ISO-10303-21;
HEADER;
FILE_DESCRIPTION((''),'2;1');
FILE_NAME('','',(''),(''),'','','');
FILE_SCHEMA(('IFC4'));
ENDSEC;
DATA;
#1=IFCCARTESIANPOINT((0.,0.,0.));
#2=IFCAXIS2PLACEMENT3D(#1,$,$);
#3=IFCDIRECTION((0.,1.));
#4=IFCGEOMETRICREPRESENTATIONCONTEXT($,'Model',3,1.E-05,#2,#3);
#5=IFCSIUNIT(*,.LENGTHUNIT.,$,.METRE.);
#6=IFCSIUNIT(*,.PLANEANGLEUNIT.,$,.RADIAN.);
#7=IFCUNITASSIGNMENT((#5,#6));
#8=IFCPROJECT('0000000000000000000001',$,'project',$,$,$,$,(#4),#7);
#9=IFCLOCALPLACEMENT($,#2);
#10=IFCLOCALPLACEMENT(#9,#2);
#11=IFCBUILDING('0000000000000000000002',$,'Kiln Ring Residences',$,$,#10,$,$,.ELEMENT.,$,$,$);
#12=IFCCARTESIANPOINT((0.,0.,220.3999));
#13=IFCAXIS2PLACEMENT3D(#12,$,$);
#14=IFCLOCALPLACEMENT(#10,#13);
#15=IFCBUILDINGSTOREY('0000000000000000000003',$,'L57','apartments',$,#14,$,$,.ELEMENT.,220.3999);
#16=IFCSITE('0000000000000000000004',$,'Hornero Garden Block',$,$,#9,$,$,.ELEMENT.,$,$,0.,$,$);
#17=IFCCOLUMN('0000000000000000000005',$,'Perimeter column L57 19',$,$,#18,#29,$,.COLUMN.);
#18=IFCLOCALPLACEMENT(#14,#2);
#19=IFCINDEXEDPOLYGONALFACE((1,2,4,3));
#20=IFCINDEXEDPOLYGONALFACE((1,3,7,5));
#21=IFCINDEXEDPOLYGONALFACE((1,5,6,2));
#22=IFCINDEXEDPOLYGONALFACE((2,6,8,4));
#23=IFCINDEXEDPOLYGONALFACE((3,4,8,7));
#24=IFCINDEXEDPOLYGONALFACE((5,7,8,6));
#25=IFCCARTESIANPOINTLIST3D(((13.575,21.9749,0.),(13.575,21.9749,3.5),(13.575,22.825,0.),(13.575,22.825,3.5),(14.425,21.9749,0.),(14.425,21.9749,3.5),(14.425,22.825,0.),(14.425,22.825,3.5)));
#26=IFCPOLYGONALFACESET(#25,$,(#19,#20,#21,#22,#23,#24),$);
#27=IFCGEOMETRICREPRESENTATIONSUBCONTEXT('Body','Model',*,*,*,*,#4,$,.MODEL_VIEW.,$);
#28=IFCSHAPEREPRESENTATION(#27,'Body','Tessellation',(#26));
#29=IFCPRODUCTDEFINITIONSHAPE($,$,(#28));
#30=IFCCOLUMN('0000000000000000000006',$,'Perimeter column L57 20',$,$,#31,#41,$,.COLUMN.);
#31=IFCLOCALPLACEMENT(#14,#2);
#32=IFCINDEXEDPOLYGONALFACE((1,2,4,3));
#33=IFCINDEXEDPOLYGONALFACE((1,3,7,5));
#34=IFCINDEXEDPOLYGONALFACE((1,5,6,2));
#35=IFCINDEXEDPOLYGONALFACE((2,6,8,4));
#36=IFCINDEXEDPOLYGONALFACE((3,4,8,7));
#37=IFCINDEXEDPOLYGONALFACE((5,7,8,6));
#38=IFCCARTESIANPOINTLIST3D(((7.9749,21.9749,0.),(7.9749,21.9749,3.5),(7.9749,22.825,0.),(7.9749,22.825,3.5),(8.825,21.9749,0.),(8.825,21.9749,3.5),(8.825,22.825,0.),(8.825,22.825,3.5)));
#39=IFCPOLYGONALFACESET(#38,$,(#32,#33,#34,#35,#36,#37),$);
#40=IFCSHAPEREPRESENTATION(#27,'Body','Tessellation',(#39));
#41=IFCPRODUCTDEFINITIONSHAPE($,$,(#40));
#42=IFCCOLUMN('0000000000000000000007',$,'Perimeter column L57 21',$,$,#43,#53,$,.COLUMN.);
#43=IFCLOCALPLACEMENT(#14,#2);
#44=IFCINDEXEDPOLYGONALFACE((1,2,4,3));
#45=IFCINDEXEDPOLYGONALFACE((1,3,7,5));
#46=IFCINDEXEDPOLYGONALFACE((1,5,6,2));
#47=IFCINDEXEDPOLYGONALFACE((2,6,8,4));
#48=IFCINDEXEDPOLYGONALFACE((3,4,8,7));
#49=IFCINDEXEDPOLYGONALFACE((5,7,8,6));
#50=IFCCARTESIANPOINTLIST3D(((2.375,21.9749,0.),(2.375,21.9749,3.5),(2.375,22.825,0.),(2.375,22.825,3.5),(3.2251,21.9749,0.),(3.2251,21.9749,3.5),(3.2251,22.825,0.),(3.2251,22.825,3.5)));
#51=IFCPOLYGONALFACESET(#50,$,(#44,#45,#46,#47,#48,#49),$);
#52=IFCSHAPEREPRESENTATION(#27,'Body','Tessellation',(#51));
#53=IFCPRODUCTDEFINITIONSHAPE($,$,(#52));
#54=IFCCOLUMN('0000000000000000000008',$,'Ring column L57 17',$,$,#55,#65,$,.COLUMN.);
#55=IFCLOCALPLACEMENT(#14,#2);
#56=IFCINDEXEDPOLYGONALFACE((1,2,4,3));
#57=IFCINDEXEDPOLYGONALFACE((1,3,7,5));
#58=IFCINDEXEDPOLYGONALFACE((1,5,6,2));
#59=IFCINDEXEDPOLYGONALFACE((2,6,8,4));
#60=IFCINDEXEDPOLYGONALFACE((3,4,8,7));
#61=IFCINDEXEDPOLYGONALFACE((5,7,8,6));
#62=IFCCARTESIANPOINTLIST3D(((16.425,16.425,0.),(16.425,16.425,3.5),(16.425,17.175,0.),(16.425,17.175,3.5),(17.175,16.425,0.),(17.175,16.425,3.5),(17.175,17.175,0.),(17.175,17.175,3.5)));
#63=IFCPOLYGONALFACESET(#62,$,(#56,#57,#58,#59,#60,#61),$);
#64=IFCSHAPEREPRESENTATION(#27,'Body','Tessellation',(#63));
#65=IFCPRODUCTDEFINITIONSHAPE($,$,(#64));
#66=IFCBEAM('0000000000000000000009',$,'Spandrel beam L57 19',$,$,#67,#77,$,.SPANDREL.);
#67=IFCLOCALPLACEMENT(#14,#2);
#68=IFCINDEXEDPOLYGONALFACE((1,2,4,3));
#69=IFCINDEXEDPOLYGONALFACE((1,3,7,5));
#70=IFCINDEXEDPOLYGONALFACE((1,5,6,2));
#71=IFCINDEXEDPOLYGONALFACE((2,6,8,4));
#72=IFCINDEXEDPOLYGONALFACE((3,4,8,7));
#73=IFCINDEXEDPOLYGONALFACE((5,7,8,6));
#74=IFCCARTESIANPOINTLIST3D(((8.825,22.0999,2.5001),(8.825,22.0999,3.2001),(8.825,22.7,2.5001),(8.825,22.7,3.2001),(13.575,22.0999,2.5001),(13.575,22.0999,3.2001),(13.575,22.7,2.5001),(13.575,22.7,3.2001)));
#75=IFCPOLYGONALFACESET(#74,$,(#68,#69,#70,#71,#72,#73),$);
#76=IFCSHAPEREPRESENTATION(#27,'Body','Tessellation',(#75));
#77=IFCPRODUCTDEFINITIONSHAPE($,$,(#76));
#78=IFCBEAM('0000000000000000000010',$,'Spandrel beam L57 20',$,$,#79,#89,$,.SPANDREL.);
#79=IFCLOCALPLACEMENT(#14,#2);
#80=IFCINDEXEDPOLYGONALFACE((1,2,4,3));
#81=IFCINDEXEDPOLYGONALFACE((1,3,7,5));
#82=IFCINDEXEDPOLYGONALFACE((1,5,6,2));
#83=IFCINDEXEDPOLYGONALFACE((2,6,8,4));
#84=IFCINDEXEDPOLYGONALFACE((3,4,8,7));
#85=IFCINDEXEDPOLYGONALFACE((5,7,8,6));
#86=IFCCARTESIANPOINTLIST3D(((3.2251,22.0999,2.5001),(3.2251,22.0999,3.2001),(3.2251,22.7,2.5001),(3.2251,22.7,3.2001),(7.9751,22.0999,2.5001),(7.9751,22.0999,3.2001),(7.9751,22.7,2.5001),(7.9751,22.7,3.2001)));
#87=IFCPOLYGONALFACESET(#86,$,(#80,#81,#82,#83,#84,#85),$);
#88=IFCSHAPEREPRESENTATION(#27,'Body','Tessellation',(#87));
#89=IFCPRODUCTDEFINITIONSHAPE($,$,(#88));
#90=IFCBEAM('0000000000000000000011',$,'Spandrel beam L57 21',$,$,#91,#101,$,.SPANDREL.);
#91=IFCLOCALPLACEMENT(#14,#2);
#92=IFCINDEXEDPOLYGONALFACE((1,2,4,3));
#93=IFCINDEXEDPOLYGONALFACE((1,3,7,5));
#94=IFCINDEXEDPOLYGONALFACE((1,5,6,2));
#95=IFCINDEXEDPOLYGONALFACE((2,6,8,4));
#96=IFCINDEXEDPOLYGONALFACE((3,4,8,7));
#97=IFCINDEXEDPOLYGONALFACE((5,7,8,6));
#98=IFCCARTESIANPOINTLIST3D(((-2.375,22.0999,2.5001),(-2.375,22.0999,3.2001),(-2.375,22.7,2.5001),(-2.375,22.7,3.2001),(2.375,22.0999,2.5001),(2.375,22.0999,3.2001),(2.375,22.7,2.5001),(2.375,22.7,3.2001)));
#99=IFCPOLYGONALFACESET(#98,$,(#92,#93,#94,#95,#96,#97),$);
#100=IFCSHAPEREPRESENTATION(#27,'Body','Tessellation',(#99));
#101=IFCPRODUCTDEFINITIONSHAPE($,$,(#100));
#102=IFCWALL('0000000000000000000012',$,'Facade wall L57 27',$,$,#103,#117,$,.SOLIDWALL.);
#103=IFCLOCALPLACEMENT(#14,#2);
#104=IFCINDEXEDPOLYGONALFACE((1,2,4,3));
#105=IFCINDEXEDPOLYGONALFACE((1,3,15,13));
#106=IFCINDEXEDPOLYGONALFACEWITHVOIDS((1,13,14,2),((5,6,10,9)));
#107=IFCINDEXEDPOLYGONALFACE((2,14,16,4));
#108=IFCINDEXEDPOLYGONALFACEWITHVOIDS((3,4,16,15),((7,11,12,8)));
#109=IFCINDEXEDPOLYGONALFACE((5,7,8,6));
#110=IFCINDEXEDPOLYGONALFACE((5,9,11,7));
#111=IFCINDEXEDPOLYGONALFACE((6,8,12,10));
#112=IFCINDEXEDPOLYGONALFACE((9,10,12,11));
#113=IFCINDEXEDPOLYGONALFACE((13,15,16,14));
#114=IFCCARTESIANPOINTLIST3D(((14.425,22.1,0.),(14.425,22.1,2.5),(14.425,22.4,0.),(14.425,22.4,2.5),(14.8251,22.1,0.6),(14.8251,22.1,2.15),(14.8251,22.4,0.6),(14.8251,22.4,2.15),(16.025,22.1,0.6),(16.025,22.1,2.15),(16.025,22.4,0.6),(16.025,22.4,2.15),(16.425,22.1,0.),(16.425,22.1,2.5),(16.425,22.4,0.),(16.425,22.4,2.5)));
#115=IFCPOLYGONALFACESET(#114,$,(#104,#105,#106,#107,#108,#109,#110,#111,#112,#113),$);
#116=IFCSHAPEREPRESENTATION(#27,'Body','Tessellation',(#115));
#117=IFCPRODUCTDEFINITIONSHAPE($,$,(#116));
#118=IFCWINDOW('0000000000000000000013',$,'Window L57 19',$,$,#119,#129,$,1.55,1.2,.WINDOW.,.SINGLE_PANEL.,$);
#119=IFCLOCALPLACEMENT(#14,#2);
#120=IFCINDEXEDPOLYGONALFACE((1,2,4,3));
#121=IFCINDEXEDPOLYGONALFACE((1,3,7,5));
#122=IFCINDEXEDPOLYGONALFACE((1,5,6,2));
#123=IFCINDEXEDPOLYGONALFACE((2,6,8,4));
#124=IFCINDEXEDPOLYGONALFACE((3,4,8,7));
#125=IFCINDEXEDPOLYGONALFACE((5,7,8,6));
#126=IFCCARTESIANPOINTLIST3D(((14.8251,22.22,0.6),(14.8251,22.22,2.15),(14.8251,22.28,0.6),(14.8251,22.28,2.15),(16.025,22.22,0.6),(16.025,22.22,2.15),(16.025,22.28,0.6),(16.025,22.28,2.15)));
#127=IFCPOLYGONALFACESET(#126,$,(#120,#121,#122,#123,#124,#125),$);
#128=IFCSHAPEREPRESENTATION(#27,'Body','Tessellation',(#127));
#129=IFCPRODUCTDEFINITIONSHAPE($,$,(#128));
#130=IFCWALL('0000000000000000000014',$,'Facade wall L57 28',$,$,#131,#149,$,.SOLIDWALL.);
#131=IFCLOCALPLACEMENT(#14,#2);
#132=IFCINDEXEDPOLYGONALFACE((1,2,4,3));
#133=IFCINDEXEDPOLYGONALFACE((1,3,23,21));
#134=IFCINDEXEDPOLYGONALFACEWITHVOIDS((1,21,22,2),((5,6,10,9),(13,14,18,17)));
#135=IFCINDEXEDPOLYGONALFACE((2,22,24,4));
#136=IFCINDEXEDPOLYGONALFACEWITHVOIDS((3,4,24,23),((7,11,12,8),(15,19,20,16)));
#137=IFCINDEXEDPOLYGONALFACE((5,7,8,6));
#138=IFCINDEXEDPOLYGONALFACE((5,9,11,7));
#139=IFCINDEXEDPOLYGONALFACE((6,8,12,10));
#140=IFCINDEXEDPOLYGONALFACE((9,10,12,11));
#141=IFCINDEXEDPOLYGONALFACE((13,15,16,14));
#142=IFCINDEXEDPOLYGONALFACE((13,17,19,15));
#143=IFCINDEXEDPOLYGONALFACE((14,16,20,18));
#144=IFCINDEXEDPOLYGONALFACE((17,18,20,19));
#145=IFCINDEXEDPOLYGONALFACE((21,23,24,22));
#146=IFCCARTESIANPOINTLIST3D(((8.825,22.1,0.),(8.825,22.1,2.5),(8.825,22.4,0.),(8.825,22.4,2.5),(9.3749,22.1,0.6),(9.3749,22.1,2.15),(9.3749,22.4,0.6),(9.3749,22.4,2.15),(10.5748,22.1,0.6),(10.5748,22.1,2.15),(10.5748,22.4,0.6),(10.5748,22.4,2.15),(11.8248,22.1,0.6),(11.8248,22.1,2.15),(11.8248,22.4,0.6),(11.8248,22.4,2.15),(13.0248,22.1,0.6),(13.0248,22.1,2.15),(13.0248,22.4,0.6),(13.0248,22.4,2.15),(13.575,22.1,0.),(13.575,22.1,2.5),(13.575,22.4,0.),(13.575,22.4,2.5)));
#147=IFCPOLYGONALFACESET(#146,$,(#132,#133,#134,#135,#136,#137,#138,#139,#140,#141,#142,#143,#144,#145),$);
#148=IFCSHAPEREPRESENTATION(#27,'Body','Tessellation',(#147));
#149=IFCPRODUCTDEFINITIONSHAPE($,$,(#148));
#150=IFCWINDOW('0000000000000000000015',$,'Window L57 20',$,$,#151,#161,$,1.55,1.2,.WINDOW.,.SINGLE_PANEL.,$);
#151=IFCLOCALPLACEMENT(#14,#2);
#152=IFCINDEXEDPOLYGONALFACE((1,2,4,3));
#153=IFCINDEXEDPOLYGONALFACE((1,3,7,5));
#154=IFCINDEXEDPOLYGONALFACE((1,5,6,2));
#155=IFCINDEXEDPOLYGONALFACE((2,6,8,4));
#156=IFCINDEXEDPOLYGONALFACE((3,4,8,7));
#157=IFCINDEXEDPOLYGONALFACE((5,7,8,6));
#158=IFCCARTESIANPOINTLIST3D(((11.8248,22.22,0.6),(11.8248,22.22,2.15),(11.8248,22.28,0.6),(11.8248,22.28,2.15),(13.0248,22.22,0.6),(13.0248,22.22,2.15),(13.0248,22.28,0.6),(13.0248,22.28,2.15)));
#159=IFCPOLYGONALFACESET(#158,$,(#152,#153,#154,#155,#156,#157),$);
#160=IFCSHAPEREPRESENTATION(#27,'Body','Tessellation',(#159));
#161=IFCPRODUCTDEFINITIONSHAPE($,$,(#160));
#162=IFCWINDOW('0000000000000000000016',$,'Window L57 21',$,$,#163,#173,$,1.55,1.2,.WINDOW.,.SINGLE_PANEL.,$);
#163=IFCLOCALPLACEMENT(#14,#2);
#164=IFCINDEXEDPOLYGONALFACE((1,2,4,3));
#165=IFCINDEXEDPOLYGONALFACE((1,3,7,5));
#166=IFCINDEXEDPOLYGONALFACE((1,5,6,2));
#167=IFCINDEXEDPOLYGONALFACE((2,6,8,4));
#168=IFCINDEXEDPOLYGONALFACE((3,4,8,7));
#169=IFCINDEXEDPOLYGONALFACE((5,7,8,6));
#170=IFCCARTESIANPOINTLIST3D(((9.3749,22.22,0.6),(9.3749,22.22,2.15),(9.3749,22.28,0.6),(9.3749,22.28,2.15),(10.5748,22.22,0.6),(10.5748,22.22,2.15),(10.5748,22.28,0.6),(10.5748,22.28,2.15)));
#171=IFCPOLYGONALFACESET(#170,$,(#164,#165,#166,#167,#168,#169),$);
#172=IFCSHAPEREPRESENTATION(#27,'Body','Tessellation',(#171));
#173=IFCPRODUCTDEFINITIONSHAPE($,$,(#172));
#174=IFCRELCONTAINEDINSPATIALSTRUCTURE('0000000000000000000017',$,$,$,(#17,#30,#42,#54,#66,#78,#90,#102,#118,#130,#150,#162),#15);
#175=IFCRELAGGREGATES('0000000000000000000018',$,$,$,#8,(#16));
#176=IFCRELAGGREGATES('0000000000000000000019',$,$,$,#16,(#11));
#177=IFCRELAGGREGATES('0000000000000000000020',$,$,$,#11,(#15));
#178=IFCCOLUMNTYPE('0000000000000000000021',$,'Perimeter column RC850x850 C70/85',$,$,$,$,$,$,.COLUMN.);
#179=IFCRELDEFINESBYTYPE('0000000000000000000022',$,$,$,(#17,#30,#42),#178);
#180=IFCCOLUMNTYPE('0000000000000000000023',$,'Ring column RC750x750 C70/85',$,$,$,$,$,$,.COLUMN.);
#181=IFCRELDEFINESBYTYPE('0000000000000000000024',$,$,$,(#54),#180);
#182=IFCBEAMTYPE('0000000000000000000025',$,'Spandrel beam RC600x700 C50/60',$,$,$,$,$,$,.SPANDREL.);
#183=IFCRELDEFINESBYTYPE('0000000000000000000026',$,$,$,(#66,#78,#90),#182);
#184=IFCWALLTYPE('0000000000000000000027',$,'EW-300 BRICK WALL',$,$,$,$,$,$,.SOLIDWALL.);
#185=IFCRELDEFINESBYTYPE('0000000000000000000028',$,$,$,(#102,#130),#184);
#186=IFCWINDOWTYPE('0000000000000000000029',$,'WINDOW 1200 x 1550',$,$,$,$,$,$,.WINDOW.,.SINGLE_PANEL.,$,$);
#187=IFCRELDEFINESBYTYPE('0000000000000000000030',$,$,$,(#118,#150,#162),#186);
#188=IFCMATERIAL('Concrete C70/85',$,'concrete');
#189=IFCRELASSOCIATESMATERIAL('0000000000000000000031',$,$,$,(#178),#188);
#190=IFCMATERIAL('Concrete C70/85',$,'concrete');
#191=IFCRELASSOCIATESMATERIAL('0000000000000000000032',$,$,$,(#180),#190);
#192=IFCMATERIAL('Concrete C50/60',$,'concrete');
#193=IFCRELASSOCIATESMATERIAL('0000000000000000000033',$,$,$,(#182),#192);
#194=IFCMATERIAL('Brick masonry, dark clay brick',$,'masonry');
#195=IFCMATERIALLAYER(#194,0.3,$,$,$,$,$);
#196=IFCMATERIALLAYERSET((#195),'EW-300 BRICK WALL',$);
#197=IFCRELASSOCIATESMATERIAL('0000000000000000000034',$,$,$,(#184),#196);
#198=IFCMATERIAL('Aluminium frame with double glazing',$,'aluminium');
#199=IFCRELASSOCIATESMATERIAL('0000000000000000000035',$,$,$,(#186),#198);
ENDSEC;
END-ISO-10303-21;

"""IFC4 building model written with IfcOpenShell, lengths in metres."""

from ifc_helpers import new_model, si_unit, direction, frame, frame_2d, origin, origin_2d, place, context, subcontext, project, spatial, rectangle, extrude, material, layer, layer_set, material_profile, profile_set, type_object, element, fill, save


model = new_model("IFC4")

# Units and contexts
model_context = context("Model", 3, precision=1e-05, world=origin(), true_north=direction((0.0, 1.0)))
body_context = subcontext(model_context, "Body", "Model", "MODEL_VIEW")
ifc_project = project(units=[si_unit("LENGTHUNIT", "METRE"), si_unit("PLANEANGLEUNIT", "RADIAN")], contexts=[model_context])

# Site, building, storey
site_placement = place(None, origin())
site = spatial("IfcSite", under=ifc_project, at=site_placement, Name="Hornero Garden Block", CompositionType="ELEMENT", RefElevation=0.0)
building_placement = place(site_placement, origin())
building = spatial("IfcBuilding", under=site, at=building_placement, Name="Kiln Ring Residences", CompositionType="ELEMENT")
storey_placement = place(building_placement, frame((0.0, 0.0, 220.3999)))
storey = spatial("IfcBuildingStorey", under=building, at=storey_placement, Name="L57", Description="apartments", CompositionType="ELEMENT", Elevation=220.3999)

# Columns
ifc_material_1 = material(Name="Concrete C70/85", Category="concrete")
ifc_material_profile_1 = material_profile(ifc_material_1, rectangle(XDim=0.8501, YDim=0.8501, at=origin_2d()), Name="RC850x850")
ifc_profile_set_1 = profile_set([ifc_material_profile_1], Name="Concrete C70/85")
column_type_1 = type_object("IfcColumnType", Name="Perimeter column RC850x850 C70/85", PredefinedType="COLUMN", material=ifc_profile_set_1)
for number, where, z_axis, x_axis, name in (
    (1, (14.0, 22.3999, 0.0), (0.0, 0.0, 1.0), (1.0, 0.0, 0.0), "Perimeter column L57 19"),
    (2, (8.3999, 22.3999, 0.0), (0.0, 0.0, 1.0), (1.0, 0.0, 0.0), "Perimeter column L57 20"),
    (3, (2.8, 22.3999, 0.0), (0.0, 0.0, 1.0), (1.0, 0.0, 0.0), "Perimeter column L57 21"),
):
    element("IfcColumn", number, at=place(storey_placement, frame(where, z_axis=z_axis, x_axis=x_axis)), inside=storey, type_object=column_type_1, Name=name, PredefinedType="COLUMN", context=body_context, shape_type="SweptSolid", body=[
        extrude(rectangle(XDim=0.8501, YDim=0.8501, at=origin_2d()), origin(), (0.0, 0.0, 1.0), 3.5),
    ])
ifc_material_2 = material(Name="Concrete C70/85", Category="concrete")
ifc_material_profile_2 = material_profile(ifc_material_2, rectangle(XDim=0.75, YDim=0.75, at=origin_2d()), Name="RC750x750")
ifc_profile_set_2 = profile_set([ifc_material_profile_2], Name="Concrete C70/85")
column_type_2 = type_object("IfcColumnType", Name="Ring column RC750x750 C70/85", PredefinedType="COLUMN", material=ifc_profile_set_2)
column_placement = place(storey_placement, frame((16.8, 16.8, 0.0), z_axis=(0.0, 0.0, 1.0), x_axis=(1.0, 0.0, 0.0)))
element("IfcColumn", 4, at=column_placement, inside=storey, type_object=column_type_2, Name="Ring column L57 17", PredefinedType="COLUMN", context=body_context, shape_type="SweptSolid", body=[
    extrude(rectangle(XDim=0.75, YDim=0.75, at=origin_2d()), origin(), (0.0, 0.0, 1.0), 3.5),
])

# Beams
ifc_material_3 = material(Name="Concrete C50/60", Category="concrete")
ifc_material_profile_3 = material_profile(ifc_material_3, rectangle(XDim=0.6001, YDim=0.7, at=origin_2d()), Name="RC600x700")
ifc_profile_set_3 = profile_set([ifc_material_profile_3], Name="Concrete C50/60")
beam_type = type_object("IfcBeamType", Name="Spandrel beam RC600x700 C50/60", PredefinedType="SPANDREL", material=ifc_profile_set_3)
for number, where, z_axis, x_axis, name in (
    (5, (13.575, 22.3999, 2.8501), (-1.0, 0.0, 0.0), (0.0, -1.0, 0.0), "Spandrel beam L57 19"),
    (6, (7.9751, 22.3999, 2.8501), (-1.0, 0.0, 0.0), (0.0, -1.0, 0.0), "Spandrel beam L57 20"),
    (7, (2.375, 22.3999, 2.8501), (-1.0, 0.0, 0.0), (0.0, -1.0, 0.0), "Spandrel beam L57 21"),
):
    element("IfcBeam", number, at=place(storey_placement, frame(where, z_axis=z_axis, x_axis=x_axis)), inside=storey, type_object=beam_type, Name=name, PredefinedType="SPANDREL", context=body_context, shape_type="SweptSolid", body=[
        extrude(rectangle(XDim=0.6001, YDim=0.7, at=origin_2d()), origin(), (0.0, 0.0, 1.0), 4.75),
    ])

# Wall, opening, window
ifc_material_4 = material(Name="Brick masonry, dark clay brick", Category="masonry")
ifc_layer_1 = layer(ifc_material_4, 0.3)
ifc_layer_set_1 = layer_set([ifc_layer_1], Name="EW-300 BRICK WALL")
wall_type_1 = type_object("IfcWallType", Name="EW-300 BRICK WALL", PredefinedType="SOLIDWALL", material=ifc_layer_set_1)
wall_1_placement = place(storey_placement, frame((16.425, 22.25, 0.0), z_axis=(0.0, 0.0, 1.0), x_axis=(-1.0, 0.0, 0.0)))
wall_1 = element("IfcWall", 8, at=wall_1_placement, inside=storey, type_object=wall_type_1, Name="Facade wall L57 27", PredefinedType="SOLIDWALL", context=body_context, shape_type="SweptSolid", body=[
    extrude(rectangle(XDim=2.0, YDim=0.3, at=frame_2d((1.0, 0.0))), origin(), (0.0, 0.0, 1.0), 2.5),
])
opening_1_placement = place(wall_1_placement, frame((0.3999, 0.0, 0.6001)))
opening_1 = element("IfcOpeningElement", 9, at=opening_1_placement, cuts=wall_1, PredefinedType="OPENING", context=body_context, shape_type="SweptSolid", body=[
    extrude(rectangle(XDim=1.2, YDim=1.55, at=frame_2d((0.6001, 0.7749))), frame((0.0, 0.1599, 0.0), z_axis=(0.0, -1.0, 0.0), x_axis=(1.0, 0.0, 0.0)), (0.0, 0.0, 1.0), 0.3201),
])
ifc_material_5 = material(Name="Aluminium frame with double glazing", Category="aluminium")
window_type_1 = type_object("IfcWindowType", Name="WINDOW 1200 x 1550", PartitioningType="SINGLE_PANEL", PredefinedType="WINDOW", material=ifc_material_5)
window_1_placement = place(opening_1_placement, origin())
window_1 = element("IfcWindow", 10, at=window_1_placement, inside=storey, type_object=window_type_1, Name="Window L57 19", OverallHeight=1.55, OverallWidth=1.2, PartitioningType="SINGLE_PANEL", PredefinedType="WINDOW", context=body_context, shape_type="SweptSolid", body=[
    extrude(rectangle(XDim=1.2, YDim=1.55, at=frame_2d((0.6001, 0.7749))), frame((0.0, 0.03, 0.0), z_axis=(0.0, -1.0, 0.0), x_axis=(1.0, 0.0, 0.0)), (0.0, 0.0, 1.0), 0.0601),
])
fill(opening_1, window_1)

# Wall, openings, windows
wall_2_placement = place(storey_placement, frame((13.575, 22.25, 0.0), z_axis=(0.0, 0.0, 1.0), x_axis=(-1.0, 0.0, 0.0)))
wall_2 = element("IfcWall", 11, at=wall_2_placement, inside=storey, type_object=wall_type_1, Name="Facade wall L57 28", PredefinedType="SOLIDWALL", context=body_context, shape_type="SweptSolid", body=[
    extrude(rectangle(XDim=4.75, YDim=0.3, at=frame_2d((2.375, 0.0))), origin(), (0.0, 0.0, 1.0), 2.5),
])
opening_2_placement = place(wall_2_placement, frame((0.55, 0.0, 0.6001)))
opening_2 = element("IfcOpeningElement", 12, at=opening_2_placement, cuts=wall_2, PredefinedType="OPENING", context=body_context, shape_type="SweptSolid", body=[
    extrude(rectangle(XDim=1.2, YDim=1.55, at=frame_2d((0.6001, 0.7749))), frame((0.0, 0.1599, 0.0), z_axis=(0.0, -1.0, 0.0), x_axis=(1.0, 0.0, 0.0)), (0.0, 0.0, 1.0), 0.3201),
])
opening_3_placement = place(wall_2_placement, frame((3.0, 0.0, 0.6001)))
opening_3 = element("IfcOpeningElement", 13, at=opening_3_placement, cuts=wall_2, PredefinedType="OPENING", context=body_context, shape_type="SweptSolid", body=[
    extrude(rectangle(XDim=1.2, YDim=1.55, at=frame_2d((0.6001, 0.7749))), frame((0.0, 0.1599, 0.0), z_axis=(0.0, -1.0, 0.0), x_axis=(1.0, 0.0, 0.0)), (0.0, 0.0, 1.0), 0.3201),
])
window_2_placement = place(opening_2_placement, origin())
window_2 = element("IfcWindow", 14, at=window_2_placement, inside=storey, type_object=window_type_1, Name="Window L57 20", OverallHeight=1.55, OverallWidth=1.2, PartitioningType="SINGLE_PANEL", PredefinedType="WINDOW", context=body_context, shape_type="SweptSolid", body=[
    extrude(rectangle(XDim=1.2, YDim=1.55, at=frame_2d((0.6001, 0.7749))), frame((0.0, 0.03, 0.0), z_axis=(0.0, -1.0, 0.0), x_axis=(1.0, 0.0, 0.0)), (0.0, 0.0, 1.0), 0.0601),
])
fill(opening_2, window_2)
window_3_placement = place(opening_3_placement, origin())
window_3 = element("IfcWindow", 15, at=window_3_placement, inside=storey, type_object=window_type_1, Name="Window L57 21", OverallHeight=1.55, OverallWidth=1.2, PartitioningType="SINGLE_PANEL", PredefinedType="WINDOW", context=body_context, shape_type="SweptSolid", body=[
    extrude(rectangle(XDim=1.2, YDim=1.55, at=frame_2d((0.6001, 0.7749))), frame((0.0, 0.03, 0.0), z_axis=(0.0, -1.0, 0.0), x_axis=(1.0, 0.0, 0.0)), (0.0, 0.0, 1.0), 0.0601),
])
fill(opening_3, window_3)

save(model, "model.ifc")
